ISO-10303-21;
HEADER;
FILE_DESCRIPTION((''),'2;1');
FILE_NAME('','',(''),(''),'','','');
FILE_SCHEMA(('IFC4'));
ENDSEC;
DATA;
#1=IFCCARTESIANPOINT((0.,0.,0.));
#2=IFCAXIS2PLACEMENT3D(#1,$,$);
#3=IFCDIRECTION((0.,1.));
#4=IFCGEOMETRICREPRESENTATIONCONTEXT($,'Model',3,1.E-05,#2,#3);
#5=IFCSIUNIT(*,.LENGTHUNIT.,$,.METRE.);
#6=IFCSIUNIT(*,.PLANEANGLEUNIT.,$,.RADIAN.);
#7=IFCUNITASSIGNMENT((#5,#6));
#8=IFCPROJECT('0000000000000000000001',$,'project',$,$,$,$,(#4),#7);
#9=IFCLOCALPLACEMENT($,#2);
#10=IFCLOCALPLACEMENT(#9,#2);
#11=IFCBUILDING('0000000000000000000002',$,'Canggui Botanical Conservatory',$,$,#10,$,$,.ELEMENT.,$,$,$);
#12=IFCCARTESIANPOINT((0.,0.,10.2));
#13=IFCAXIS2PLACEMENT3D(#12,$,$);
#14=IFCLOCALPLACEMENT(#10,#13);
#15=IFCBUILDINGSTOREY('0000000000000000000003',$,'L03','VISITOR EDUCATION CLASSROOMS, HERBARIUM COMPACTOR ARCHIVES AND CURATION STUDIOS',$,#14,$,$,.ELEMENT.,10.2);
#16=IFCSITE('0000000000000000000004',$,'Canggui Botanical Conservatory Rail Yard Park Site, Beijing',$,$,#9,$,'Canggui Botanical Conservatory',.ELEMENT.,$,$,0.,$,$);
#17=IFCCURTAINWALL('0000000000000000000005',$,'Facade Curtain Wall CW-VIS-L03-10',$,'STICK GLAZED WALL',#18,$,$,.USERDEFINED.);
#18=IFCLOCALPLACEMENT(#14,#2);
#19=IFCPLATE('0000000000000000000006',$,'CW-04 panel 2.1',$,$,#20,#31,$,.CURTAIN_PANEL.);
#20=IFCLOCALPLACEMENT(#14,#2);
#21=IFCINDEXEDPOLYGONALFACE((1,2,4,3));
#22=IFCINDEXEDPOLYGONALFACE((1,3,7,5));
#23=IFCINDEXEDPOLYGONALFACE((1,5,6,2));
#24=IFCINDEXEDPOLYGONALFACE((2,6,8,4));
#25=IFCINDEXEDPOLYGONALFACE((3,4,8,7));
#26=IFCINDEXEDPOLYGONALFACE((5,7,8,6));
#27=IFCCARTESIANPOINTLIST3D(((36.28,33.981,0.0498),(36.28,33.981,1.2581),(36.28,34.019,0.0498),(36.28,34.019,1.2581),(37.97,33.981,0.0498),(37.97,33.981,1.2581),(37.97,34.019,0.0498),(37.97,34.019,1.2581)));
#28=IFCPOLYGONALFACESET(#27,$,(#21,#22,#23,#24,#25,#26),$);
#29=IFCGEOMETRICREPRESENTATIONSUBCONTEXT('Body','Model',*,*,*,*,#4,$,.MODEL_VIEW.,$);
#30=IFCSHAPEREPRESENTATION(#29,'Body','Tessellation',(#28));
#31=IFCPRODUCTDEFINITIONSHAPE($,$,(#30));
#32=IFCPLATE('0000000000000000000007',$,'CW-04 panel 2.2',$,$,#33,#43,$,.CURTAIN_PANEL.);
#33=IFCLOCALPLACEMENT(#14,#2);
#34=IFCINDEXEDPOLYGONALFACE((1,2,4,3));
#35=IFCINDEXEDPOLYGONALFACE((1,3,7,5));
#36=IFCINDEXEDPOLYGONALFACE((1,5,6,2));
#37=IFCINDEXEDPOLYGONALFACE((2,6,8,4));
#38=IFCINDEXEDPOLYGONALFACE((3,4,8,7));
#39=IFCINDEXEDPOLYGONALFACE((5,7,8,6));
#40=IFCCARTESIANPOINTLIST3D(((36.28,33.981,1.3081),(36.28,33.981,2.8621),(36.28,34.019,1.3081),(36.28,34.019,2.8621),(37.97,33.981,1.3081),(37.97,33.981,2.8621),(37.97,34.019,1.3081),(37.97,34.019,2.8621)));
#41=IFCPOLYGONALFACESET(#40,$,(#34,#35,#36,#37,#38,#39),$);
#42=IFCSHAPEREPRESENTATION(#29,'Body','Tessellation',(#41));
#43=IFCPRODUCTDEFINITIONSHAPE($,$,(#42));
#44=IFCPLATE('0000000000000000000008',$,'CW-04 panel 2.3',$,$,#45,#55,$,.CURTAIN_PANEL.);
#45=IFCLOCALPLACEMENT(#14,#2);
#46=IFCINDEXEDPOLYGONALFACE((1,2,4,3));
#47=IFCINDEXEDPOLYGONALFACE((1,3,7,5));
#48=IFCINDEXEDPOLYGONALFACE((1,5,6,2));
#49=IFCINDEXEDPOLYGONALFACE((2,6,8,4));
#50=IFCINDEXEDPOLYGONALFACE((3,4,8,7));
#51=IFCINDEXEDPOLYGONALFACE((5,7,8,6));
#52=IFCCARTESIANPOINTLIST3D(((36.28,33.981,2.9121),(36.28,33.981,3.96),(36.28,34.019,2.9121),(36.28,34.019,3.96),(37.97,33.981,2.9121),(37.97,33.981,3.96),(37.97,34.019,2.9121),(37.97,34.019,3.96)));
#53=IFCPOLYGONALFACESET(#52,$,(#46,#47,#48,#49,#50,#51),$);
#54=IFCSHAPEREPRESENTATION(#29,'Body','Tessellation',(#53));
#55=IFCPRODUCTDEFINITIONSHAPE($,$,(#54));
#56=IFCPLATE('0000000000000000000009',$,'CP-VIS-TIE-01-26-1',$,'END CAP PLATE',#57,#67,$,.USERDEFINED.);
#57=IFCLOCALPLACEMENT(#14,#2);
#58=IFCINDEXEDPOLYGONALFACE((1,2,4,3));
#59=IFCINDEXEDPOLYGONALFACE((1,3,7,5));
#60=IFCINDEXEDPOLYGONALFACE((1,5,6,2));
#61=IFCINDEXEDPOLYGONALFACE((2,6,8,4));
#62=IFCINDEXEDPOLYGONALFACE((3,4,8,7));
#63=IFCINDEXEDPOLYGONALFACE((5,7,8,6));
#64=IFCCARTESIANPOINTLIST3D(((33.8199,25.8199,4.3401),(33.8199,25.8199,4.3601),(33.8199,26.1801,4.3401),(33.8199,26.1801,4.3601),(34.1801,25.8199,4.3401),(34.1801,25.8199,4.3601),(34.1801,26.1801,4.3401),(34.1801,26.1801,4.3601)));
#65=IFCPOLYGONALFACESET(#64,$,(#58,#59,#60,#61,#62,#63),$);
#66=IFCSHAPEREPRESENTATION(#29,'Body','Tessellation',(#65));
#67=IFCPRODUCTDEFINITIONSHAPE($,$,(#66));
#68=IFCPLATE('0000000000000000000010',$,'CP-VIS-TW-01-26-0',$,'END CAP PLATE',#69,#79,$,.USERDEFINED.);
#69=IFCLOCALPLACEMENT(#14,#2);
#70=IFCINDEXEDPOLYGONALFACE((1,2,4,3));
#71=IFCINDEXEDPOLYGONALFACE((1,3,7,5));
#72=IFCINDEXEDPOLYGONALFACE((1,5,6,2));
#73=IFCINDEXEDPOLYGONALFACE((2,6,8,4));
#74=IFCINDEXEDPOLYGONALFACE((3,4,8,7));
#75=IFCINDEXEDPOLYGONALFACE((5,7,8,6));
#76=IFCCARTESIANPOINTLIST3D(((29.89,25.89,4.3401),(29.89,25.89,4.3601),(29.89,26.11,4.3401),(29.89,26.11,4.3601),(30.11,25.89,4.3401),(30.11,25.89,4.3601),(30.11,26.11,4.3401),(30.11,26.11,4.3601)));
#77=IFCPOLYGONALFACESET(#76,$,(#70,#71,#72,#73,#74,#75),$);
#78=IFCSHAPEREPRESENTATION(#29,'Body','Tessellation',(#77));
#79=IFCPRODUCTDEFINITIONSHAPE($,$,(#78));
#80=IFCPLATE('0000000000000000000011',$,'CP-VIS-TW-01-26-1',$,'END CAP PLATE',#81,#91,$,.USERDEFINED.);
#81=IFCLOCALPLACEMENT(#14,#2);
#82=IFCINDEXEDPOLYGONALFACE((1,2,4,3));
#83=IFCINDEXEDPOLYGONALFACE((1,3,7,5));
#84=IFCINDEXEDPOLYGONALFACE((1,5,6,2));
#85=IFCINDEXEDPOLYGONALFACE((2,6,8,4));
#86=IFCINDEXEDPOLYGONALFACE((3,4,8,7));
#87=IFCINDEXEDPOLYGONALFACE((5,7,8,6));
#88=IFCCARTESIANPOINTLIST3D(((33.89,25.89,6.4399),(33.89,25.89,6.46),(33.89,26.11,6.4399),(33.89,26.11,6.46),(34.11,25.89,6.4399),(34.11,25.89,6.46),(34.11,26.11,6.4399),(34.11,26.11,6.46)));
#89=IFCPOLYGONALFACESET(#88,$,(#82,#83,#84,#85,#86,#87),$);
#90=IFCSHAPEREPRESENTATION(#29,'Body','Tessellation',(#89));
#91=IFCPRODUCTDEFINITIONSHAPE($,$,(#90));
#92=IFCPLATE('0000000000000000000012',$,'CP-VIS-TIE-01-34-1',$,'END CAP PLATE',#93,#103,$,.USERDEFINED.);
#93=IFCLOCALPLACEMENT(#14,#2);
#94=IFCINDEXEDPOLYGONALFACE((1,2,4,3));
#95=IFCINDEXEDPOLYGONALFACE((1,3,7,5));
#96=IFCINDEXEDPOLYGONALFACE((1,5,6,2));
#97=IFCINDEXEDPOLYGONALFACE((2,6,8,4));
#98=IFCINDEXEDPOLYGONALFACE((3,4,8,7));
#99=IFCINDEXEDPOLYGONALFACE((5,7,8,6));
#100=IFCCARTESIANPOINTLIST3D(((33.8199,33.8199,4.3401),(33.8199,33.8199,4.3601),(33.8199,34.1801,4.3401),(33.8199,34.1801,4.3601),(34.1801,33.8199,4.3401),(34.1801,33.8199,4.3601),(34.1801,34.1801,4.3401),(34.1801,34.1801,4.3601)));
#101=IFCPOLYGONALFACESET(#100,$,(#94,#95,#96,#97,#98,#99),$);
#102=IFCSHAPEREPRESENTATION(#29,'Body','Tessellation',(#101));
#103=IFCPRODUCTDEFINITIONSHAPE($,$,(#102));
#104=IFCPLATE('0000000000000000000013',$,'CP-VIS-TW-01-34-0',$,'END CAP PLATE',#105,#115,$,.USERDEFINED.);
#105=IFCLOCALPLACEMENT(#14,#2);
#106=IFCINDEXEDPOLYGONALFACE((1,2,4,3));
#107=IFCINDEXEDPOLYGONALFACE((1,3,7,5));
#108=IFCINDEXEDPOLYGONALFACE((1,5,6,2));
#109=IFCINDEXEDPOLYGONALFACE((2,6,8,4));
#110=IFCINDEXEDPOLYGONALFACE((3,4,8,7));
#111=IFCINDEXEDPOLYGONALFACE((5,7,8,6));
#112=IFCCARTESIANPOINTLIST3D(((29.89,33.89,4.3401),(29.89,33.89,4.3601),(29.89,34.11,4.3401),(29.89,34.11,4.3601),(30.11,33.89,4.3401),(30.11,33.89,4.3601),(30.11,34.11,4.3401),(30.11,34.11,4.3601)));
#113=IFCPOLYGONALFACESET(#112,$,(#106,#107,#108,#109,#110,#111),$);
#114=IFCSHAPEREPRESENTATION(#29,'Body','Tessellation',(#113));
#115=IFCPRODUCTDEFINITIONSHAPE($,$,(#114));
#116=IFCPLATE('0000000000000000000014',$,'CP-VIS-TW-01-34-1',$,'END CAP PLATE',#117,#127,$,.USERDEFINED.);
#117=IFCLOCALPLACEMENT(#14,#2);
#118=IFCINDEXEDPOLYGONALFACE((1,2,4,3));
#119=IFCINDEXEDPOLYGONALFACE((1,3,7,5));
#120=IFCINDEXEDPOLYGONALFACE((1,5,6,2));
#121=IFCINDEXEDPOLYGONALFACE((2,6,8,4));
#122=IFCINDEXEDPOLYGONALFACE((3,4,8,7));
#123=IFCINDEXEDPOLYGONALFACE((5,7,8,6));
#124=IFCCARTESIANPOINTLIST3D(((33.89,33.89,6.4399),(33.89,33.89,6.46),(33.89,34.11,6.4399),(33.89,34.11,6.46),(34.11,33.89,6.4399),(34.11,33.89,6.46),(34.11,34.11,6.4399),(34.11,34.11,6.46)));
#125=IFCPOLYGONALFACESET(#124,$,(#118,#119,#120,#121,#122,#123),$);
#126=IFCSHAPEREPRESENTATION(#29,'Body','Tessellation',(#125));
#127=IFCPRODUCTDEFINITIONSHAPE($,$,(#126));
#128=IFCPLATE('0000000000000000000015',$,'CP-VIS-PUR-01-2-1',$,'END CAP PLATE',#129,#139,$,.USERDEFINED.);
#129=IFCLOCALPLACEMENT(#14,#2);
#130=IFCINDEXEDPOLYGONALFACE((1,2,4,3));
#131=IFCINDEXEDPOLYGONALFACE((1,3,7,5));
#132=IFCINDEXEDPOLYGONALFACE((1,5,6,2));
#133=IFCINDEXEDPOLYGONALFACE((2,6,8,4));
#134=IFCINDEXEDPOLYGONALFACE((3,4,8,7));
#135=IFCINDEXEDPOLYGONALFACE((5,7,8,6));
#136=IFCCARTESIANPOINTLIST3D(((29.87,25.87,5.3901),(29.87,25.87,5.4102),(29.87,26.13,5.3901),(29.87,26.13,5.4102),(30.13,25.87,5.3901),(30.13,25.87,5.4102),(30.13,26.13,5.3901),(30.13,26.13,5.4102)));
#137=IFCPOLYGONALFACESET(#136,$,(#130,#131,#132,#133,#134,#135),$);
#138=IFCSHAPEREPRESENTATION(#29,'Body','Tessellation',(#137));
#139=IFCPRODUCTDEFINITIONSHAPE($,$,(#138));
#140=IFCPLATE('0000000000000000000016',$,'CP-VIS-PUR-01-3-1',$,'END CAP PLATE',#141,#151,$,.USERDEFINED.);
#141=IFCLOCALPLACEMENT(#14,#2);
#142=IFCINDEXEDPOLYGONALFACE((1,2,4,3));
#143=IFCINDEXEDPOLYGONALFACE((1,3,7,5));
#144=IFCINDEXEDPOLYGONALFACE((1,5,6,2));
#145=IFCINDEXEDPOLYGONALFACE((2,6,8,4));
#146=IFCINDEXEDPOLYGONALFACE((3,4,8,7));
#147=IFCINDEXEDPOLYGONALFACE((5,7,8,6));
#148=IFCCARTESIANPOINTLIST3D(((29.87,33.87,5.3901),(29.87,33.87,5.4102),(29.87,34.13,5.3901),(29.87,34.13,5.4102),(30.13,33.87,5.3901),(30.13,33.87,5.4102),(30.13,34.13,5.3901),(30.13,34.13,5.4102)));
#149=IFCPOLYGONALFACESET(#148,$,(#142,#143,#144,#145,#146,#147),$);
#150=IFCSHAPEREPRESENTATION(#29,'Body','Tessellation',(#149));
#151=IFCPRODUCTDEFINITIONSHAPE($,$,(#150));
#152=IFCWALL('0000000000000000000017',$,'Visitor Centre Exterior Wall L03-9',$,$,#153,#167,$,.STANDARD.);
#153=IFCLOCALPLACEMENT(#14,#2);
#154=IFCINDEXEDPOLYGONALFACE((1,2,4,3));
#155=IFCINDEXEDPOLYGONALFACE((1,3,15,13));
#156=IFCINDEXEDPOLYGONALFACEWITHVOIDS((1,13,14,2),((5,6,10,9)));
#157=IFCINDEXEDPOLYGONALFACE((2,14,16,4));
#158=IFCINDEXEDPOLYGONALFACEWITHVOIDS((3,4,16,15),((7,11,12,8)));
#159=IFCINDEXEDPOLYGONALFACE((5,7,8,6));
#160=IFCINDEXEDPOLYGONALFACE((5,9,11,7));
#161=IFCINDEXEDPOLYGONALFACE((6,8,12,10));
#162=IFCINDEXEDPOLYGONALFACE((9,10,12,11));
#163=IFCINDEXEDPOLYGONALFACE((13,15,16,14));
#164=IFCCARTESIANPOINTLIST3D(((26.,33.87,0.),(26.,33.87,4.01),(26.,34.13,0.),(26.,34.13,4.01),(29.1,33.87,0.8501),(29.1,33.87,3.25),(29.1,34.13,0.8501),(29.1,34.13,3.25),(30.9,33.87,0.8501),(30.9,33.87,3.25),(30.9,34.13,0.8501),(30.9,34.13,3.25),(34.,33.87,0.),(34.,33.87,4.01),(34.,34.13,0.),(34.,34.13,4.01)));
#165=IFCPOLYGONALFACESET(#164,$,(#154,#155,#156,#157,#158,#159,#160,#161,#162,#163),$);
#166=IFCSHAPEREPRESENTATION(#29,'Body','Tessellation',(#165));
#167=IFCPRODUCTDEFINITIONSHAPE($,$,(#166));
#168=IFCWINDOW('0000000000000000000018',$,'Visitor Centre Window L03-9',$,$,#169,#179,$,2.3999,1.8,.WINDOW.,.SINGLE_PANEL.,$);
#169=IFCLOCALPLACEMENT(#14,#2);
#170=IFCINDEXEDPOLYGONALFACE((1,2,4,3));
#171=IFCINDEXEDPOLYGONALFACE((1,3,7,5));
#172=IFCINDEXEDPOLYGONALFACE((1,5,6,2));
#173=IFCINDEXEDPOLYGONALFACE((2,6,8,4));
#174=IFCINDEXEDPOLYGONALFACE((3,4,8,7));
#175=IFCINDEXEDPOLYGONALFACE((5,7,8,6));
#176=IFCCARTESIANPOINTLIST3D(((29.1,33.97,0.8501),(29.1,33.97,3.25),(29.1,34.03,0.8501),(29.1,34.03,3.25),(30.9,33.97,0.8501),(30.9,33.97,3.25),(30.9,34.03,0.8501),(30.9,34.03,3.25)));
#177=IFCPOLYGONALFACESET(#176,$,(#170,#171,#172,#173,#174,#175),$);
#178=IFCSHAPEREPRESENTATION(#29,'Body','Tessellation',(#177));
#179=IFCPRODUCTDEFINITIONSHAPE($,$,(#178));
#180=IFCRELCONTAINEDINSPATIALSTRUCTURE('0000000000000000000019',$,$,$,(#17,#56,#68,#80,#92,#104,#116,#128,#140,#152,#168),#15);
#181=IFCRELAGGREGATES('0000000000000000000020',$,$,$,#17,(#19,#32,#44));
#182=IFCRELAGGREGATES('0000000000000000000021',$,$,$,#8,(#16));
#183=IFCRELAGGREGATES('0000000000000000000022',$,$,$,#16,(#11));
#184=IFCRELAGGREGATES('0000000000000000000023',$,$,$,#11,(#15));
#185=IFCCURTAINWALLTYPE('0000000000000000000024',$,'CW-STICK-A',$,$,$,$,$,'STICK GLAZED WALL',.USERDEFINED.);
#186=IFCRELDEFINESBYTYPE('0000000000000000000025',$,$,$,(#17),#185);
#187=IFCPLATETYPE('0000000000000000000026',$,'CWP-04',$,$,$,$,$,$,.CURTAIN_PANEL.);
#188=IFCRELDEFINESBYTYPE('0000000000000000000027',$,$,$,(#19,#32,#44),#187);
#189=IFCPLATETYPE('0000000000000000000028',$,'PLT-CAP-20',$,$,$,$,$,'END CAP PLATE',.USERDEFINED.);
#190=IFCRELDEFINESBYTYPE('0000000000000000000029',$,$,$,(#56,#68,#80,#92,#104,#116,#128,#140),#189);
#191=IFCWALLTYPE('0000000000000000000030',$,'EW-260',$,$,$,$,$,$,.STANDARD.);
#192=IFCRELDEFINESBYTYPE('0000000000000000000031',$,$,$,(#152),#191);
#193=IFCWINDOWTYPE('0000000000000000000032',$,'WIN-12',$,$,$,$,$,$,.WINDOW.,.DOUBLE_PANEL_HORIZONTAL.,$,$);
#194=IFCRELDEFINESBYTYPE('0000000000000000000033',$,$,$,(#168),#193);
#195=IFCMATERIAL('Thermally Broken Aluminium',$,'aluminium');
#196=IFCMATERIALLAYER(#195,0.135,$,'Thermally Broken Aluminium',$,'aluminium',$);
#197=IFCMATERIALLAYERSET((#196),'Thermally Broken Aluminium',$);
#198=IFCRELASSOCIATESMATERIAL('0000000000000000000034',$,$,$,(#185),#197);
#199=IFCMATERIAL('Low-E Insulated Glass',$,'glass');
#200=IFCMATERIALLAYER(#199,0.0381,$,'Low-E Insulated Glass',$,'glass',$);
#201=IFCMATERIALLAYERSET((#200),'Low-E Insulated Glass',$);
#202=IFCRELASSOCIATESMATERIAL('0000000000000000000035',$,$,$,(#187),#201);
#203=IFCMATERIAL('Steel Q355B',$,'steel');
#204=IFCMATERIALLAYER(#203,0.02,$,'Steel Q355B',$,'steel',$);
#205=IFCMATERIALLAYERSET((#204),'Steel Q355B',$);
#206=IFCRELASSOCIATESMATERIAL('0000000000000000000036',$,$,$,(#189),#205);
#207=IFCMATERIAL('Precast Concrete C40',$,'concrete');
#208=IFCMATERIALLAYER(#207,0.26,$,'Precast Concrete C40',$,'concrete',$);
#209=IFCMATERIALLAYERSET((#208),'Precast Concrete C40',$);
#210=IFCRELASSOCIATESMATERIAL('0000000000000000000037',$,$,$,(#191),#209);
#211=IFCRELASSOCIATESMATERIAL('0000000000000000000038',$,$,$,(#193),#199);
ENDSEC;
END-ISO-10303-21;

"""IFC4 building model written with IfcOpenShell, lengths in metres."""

from ifc_helpers import new_model, si_unit, direction, frame, frame_2d, origin, origin_2d, place, context, subcontext, project, spatial, rectangle, extrude, material, layer, layer_set, type_object, element, fill, aggregate, save


model = new_model("IFC4")

# Units and contexts
model_context = context("Model", 3, precision=1e-05, world=origin(), true_north=direction((0.0, 1.0)))
body_context = subcontext(model_context, "Body", "Model", "MODEL_VIEW")
ifc_project = project(units=[si_unit("LENGTHUNIT", "METRE"), si_unit("PLANEANGLEUNIT", "RADIAN")], contexts=[model_context])

# Site, building, storey
site_placement = place(None, origin())
site = spatial("IfcSite", under=ifc_project, at=site_placement, Name="Canggui Botanical Conservatory Rail Yard Park Site, Beijing", LongName="Canggui Botanical Conservatory", CompositionType="ELEMENT", RefElevation=0.0)
building_placement = place(site_placement, origin())
building = spatial("IfcBuilding", under=site, at=building_placement, Name="Canggui Botanical Conservatory", CompositionType="ELEMENT")
storey_placement = place(building_placement, frame((0.0, 0.0, 10.2)))
storey = spatial("IfcBuildingStorey", under=building, at=storey_placement, Name="L03", Description="VISITOR EDUCATION CLASSROOMS, HERBARIUM COMPACTOR ARCHIVES AND CURATION STUDIOS", CompositionType="ELEMENT", Elevation=10.2)

# Shared definitions
ifc_material_1 = material(Name="Steel Q355B", Category="steel")

# Curtain wall
ifc_material_2 = material(Name="Thermally Broken Aluminium", Category="aluminium")
ifc_layer_1 = layer(ifc_material_2, 0.135, Name="Thermally Broken Aluminium", Category="aluminium")
ifc_layer_set_1 = layer_set([ifc_layer_1], Name="Thermally Broken Aluminium")
curtain_wall_type = type_object("IfcCurtainWallType", Name="CW-STICK-A", ElementType="STICK GLAZED WALL", PredefinedType="USERDEFINED", material=ifc_layer_set_1)
curtain_wall_placement = place(storey_placement, origin())
curtain_wall = element("IfcCurtainWall", 1, at=curtain_wall_placement, inside=storey, type_object=curtain_wall_type, Name="Facade Curtain Wall CW-VIS-L03-10", ObjectType="STICK GLAZED WALL", PredefinedType="USERDEFINED")

# Plates
ifc_material_3 = material(Name="Low-E Insulated Glass", Category="glass")
ifc_layer_2 = layer(ifc_material_3, 0.0381, Name="Low-E Insulated Glass", Category="glass")
ifc_layer_set_2 = layer_set([ifc_layer_2], Name="Low-E Insulated Glass")
plate_type_1 = type_object("IfcPlateType", Name="CWP-04", PredefinedType="CURTAIN_PANEL", material=ifc_layer_set_2)
plate_1_placement = place(storey_placement, frame((37.125, 34.0, 0.0498), z_axis=(0.0, 0.0, 1.0), x_axis=(1.0, 0.0, 0.0)))
plate_1 = element("IfcPlate", 2, at=plate_1_placement, type_object=plate_type_1, Name="CW-04 panel 2.1", PredefinedType="CURTAIN_PANEL", context=body_context, shape_type="SweptSolid", body=[
    extrude(rectangle(XDim=1.6899, YDim=0.0381, at=origin_2d()), origin(), (0.0, 0.0, 1.0), 1.2083),
])
plate_2_placement = place(storey_placement, frame((37.125, 34.0, 1.3081), z_axis=(0.0, 0.0, 1.0), x_axis=(1.0, 0.0, 0.0)))
plate_2 = element("IfcPlate", 3, at=plate_2_placement, type_object=plate_type_1, Name="CW-04 panel 2.2", PredefinedType="CURTAIN_PANEL", context=body_context, shape_type="SweptSolid", body=[
    extrude(rectangle(XDim=1.6899, YDim=0.0381, at=origin_2d()), origin(), (0.0, 0.0, 1.0), 1.554),
])
plate_3_placement = place(storey_placement, frame((37.125, 34.0, 2.9121), z_axis=(0.0, 0.0, 1.0), x_axis=(1.0, 0.0, 0.0)))
plate_3 = element("IfcPlate", 4, at=plate_3_placement, type_object=plate_type_1, Name="CW-04 panel 2.3", PredefinedType="CURTAIN_PANEL", context=body_context, shape_type="SweptSolid", body=[
    extrude(rectangle(XDim=1.6899, YDim=0.0381, at=origin_2d()), origin(), (0.0, 0.0, 1.0), 1.0479),
])
aggregate(curtain_wall, [plate_1, plate_2, plate_3])

# Plates
ifc_layer_3 = layer(ifc_material_1, 0.02, Name="Steel Q355B", Category="steel")
ifc_layer_set_3 = layer_set([ifc_layer_3], Name="Steel Q355B")
plate_type_2 = type_object("IfcPlateType", Name="PLT-CAP-20", ElementType="END CAP PLATE", PredefinedType="USERDEFINED", material=ifc_layer_set_3)
plate_4_placement = place(storey_placement, frame((34.0, 26.0, 4.3401), z_axis=(0.0, 0.0, 1.0), x_axis=(1.0, 0.0, 0.0)))
element("IfcPlate", 5, at=plate_4_placement, inside=storey, type_object=plate_type_2, Name="CP-VIS-TIE-01-26-1", ObjectType="END CAP PLATE", PredefinedType="USERDEFINED", context=body_context, shape_type="SweptSolid", body=[
    extrude(rectangle(XDim=0.3601, YDim=0.3601, at=origin_2d()), origin(), (0.0, 0.0, 1.0), 0.02),
])
for number, where, z_axis, x_axis, name in (
    (6, (30.0, 26.0, 4.3401), (0.0, 0.0, 1.0), (1.0, 0.0, 0.0), "CP-VIS-TW-01-26-0"),
    (7, (34.0, 26.0, 6.4399), (0.0, 0.0, 1.0), (1.0, 0.0, 0.0), "CP-VIS-TW-01-26-1"),
):
    element("IfcPlate", number, at=place(storey_placement, frame(where, z_axis=z_axis, x_axis=x_axis)), inside=storey, type_object=plate_type_2, Name=name, ObjectType="END CAP PLATE", PredefinedType="USERDEFINED", context=body_context, shape_type="SweptSolid", body=[
        extrude(rectangle(XDim=0.22, YDim=0.22, at=origin_2d()), origin(), (0.0, 0.0, 1.0), 0.02),
    ])
plate_5_placement = place(storey_placement, frame((34.0, 34.0, 4.3401), z_axis=(0.0, 0.0, 1.0), x_axis=(1.0, 0.0, 0.0)))
element("IfcPlate", 8, at=plate_5_placement, inside=storey, type_object=plate_type_2, Name="CP-VIS-TIE-01-34-1", ObjectType="END CAP PLATE", PredefinedType="USERDEFINED", context=body_context, shape_type="SweptSolid", body=[
    extrude(rectangle(XDim=0.3601, YDim=0.3601, at=origin_2d()), origin(), (0.0, 0.0, 1.0), 0.02),
])
for number, where, z_axis, x_axis, name in (
    (9, (30.0, 34.0, 4.3401), (0.0, 0.0, 1.0), (1.0, 0.0, 0.0), "CP-VIS-TW-01-34-0"),
    (10, (34.0, 34.0, 6.4399), (0.0, 0.0, 1.0), (1.0, 0.0, 0.0), "CP-VIS-TW-01-34-1"),
):
    element("IfcPlate", number, at=place(storey_placement, frame(where, z_axis=z_axis, x_axis=x_axis)), inside=storey, type_object=plate_type_2, Name=name, ObjectType="END CAP PLATE", PredefinedType="USERDEFINED", context=body_context, shape_type="SweptSolid", body=[
        extrude(rectangle(XDim=0.22, YDim=0.22, at=origin_2d()), origin(), (0.0, 0.0, 1.0), 0.02),
    ])
for number, where, z_axis, x_axis, name in (
    (11, (30.0, 26.0, 5.3901), (0.0, 0.0, 1.0), (1.0, 0.0, 0.0), "CP-VIS-PUR-01-2-1"),
    (12, (30.0, 34.0, 5.3901), (0.0, 0.0, 1.0), (1.0, 0.0, 0.0), "CP-VIS-PUR-01-3-1"),
):
    element("IfcPlate", number, at=place(storey_placement, frame(where, z_axis=z_axis, x_axis=x_axis)), inside=storey, type_object=plate_type_2, Name=name, ObjectType="END CAP PLATE", PredefinedType="USERDEFINED", context=body_context, shape_type="SweptSolid", body=[
        extrude(rectangle(XDim=0.26, YDim=0.26, at=origin_2d()), origin(), (0.0, 0.0, 1.0), 0.02),
    ])

# Wall, opening, window
ifc_material_4 = material(Name="Precast Concrete C40", Category="concrete")
ifc_layer_4 = layer(ifc_material_4, 0.26, Name="Precast Concrete C40", Category="concrete")
ifc_layer_set_4 = layer_set([ifc_layer_4], Name="Precast Concrete C40")
wall_type = type_object("IfcWallType", Name="EW-260", PredefinedType="STANDARD", material=ifc_layer_set_4)
wall_placement = place(storey_placement, frame((26.0, 34.0, 0.0), z_axis=(0.0, 0.0, 1.0), x_axis=(1.0, 0.0, 0.0)))
wall = element("IfcWall", 13, at=wall_placement, inside=storey, type_object=wall_type, Name="Visitor Centre Exterior Wall L03-9", PredefinedType="STANDARD", context=body_context, shape_type="SweptSolid", body=[
    extrude(rectangle(XDim=8.0, YDim=0.26, at=frame_2d((4.0, 0.0))), origin(), (0.0, 0.0, 1.0), 4.01),
])
opening_placement = place(wall_placement, frame((3.1001, 0.0, 0.8501)))
opening = element("IfcOpeningElement", 14, at=opening_placement, cuts=wall, PredefinedType="OPENING", context=body_context, shape_type="SweptSolid", body=[
    extrude(rectangle(XDim=1.8, YDim=2.3999, at=frame_2d((0.8999, 1.2))), frame((0.0, 0.1401, 0.0), z_axis=(0.0, -1.0, 0.0), x_axis=(1.0, 0.0, 0.0)), (0.0, 0.0, 1.0), 0.28),
])
window_type = type_object("IfcWindowType", Name="WIN-12", PartitioningType="DOUBLE_PANEL_HORIZONTAL", PredefinedType="WINDOW", material=ifc_material_3)
window_placement = place(opening_placement, origin())
window = element("IfcWindow", 15, at=window_placement, inside=storey, type_object=window_type, Name="Visitor Centre Window L03-9", OverallHeight=2.3999, OverallWidth=1.8, PartitioningType="SINGLE_PANEL", PredefinedType="WINDOW", context=body_context, shape_type="SweptSolid", body=[
    extrude(rectangle(XDim=1.8, YDim=2.3999, at=frame_2d((0.8999, 1.2))), frame((0.0, 0.03, 0.0), z_axis=(0.0, -1.0, 0.0), x_axis=(1.0, 0.0, 0.0)), (0.0, 0.0, 1.0), 0.0601),
])
fill(opening, window)

save(model, "model.ifc")
